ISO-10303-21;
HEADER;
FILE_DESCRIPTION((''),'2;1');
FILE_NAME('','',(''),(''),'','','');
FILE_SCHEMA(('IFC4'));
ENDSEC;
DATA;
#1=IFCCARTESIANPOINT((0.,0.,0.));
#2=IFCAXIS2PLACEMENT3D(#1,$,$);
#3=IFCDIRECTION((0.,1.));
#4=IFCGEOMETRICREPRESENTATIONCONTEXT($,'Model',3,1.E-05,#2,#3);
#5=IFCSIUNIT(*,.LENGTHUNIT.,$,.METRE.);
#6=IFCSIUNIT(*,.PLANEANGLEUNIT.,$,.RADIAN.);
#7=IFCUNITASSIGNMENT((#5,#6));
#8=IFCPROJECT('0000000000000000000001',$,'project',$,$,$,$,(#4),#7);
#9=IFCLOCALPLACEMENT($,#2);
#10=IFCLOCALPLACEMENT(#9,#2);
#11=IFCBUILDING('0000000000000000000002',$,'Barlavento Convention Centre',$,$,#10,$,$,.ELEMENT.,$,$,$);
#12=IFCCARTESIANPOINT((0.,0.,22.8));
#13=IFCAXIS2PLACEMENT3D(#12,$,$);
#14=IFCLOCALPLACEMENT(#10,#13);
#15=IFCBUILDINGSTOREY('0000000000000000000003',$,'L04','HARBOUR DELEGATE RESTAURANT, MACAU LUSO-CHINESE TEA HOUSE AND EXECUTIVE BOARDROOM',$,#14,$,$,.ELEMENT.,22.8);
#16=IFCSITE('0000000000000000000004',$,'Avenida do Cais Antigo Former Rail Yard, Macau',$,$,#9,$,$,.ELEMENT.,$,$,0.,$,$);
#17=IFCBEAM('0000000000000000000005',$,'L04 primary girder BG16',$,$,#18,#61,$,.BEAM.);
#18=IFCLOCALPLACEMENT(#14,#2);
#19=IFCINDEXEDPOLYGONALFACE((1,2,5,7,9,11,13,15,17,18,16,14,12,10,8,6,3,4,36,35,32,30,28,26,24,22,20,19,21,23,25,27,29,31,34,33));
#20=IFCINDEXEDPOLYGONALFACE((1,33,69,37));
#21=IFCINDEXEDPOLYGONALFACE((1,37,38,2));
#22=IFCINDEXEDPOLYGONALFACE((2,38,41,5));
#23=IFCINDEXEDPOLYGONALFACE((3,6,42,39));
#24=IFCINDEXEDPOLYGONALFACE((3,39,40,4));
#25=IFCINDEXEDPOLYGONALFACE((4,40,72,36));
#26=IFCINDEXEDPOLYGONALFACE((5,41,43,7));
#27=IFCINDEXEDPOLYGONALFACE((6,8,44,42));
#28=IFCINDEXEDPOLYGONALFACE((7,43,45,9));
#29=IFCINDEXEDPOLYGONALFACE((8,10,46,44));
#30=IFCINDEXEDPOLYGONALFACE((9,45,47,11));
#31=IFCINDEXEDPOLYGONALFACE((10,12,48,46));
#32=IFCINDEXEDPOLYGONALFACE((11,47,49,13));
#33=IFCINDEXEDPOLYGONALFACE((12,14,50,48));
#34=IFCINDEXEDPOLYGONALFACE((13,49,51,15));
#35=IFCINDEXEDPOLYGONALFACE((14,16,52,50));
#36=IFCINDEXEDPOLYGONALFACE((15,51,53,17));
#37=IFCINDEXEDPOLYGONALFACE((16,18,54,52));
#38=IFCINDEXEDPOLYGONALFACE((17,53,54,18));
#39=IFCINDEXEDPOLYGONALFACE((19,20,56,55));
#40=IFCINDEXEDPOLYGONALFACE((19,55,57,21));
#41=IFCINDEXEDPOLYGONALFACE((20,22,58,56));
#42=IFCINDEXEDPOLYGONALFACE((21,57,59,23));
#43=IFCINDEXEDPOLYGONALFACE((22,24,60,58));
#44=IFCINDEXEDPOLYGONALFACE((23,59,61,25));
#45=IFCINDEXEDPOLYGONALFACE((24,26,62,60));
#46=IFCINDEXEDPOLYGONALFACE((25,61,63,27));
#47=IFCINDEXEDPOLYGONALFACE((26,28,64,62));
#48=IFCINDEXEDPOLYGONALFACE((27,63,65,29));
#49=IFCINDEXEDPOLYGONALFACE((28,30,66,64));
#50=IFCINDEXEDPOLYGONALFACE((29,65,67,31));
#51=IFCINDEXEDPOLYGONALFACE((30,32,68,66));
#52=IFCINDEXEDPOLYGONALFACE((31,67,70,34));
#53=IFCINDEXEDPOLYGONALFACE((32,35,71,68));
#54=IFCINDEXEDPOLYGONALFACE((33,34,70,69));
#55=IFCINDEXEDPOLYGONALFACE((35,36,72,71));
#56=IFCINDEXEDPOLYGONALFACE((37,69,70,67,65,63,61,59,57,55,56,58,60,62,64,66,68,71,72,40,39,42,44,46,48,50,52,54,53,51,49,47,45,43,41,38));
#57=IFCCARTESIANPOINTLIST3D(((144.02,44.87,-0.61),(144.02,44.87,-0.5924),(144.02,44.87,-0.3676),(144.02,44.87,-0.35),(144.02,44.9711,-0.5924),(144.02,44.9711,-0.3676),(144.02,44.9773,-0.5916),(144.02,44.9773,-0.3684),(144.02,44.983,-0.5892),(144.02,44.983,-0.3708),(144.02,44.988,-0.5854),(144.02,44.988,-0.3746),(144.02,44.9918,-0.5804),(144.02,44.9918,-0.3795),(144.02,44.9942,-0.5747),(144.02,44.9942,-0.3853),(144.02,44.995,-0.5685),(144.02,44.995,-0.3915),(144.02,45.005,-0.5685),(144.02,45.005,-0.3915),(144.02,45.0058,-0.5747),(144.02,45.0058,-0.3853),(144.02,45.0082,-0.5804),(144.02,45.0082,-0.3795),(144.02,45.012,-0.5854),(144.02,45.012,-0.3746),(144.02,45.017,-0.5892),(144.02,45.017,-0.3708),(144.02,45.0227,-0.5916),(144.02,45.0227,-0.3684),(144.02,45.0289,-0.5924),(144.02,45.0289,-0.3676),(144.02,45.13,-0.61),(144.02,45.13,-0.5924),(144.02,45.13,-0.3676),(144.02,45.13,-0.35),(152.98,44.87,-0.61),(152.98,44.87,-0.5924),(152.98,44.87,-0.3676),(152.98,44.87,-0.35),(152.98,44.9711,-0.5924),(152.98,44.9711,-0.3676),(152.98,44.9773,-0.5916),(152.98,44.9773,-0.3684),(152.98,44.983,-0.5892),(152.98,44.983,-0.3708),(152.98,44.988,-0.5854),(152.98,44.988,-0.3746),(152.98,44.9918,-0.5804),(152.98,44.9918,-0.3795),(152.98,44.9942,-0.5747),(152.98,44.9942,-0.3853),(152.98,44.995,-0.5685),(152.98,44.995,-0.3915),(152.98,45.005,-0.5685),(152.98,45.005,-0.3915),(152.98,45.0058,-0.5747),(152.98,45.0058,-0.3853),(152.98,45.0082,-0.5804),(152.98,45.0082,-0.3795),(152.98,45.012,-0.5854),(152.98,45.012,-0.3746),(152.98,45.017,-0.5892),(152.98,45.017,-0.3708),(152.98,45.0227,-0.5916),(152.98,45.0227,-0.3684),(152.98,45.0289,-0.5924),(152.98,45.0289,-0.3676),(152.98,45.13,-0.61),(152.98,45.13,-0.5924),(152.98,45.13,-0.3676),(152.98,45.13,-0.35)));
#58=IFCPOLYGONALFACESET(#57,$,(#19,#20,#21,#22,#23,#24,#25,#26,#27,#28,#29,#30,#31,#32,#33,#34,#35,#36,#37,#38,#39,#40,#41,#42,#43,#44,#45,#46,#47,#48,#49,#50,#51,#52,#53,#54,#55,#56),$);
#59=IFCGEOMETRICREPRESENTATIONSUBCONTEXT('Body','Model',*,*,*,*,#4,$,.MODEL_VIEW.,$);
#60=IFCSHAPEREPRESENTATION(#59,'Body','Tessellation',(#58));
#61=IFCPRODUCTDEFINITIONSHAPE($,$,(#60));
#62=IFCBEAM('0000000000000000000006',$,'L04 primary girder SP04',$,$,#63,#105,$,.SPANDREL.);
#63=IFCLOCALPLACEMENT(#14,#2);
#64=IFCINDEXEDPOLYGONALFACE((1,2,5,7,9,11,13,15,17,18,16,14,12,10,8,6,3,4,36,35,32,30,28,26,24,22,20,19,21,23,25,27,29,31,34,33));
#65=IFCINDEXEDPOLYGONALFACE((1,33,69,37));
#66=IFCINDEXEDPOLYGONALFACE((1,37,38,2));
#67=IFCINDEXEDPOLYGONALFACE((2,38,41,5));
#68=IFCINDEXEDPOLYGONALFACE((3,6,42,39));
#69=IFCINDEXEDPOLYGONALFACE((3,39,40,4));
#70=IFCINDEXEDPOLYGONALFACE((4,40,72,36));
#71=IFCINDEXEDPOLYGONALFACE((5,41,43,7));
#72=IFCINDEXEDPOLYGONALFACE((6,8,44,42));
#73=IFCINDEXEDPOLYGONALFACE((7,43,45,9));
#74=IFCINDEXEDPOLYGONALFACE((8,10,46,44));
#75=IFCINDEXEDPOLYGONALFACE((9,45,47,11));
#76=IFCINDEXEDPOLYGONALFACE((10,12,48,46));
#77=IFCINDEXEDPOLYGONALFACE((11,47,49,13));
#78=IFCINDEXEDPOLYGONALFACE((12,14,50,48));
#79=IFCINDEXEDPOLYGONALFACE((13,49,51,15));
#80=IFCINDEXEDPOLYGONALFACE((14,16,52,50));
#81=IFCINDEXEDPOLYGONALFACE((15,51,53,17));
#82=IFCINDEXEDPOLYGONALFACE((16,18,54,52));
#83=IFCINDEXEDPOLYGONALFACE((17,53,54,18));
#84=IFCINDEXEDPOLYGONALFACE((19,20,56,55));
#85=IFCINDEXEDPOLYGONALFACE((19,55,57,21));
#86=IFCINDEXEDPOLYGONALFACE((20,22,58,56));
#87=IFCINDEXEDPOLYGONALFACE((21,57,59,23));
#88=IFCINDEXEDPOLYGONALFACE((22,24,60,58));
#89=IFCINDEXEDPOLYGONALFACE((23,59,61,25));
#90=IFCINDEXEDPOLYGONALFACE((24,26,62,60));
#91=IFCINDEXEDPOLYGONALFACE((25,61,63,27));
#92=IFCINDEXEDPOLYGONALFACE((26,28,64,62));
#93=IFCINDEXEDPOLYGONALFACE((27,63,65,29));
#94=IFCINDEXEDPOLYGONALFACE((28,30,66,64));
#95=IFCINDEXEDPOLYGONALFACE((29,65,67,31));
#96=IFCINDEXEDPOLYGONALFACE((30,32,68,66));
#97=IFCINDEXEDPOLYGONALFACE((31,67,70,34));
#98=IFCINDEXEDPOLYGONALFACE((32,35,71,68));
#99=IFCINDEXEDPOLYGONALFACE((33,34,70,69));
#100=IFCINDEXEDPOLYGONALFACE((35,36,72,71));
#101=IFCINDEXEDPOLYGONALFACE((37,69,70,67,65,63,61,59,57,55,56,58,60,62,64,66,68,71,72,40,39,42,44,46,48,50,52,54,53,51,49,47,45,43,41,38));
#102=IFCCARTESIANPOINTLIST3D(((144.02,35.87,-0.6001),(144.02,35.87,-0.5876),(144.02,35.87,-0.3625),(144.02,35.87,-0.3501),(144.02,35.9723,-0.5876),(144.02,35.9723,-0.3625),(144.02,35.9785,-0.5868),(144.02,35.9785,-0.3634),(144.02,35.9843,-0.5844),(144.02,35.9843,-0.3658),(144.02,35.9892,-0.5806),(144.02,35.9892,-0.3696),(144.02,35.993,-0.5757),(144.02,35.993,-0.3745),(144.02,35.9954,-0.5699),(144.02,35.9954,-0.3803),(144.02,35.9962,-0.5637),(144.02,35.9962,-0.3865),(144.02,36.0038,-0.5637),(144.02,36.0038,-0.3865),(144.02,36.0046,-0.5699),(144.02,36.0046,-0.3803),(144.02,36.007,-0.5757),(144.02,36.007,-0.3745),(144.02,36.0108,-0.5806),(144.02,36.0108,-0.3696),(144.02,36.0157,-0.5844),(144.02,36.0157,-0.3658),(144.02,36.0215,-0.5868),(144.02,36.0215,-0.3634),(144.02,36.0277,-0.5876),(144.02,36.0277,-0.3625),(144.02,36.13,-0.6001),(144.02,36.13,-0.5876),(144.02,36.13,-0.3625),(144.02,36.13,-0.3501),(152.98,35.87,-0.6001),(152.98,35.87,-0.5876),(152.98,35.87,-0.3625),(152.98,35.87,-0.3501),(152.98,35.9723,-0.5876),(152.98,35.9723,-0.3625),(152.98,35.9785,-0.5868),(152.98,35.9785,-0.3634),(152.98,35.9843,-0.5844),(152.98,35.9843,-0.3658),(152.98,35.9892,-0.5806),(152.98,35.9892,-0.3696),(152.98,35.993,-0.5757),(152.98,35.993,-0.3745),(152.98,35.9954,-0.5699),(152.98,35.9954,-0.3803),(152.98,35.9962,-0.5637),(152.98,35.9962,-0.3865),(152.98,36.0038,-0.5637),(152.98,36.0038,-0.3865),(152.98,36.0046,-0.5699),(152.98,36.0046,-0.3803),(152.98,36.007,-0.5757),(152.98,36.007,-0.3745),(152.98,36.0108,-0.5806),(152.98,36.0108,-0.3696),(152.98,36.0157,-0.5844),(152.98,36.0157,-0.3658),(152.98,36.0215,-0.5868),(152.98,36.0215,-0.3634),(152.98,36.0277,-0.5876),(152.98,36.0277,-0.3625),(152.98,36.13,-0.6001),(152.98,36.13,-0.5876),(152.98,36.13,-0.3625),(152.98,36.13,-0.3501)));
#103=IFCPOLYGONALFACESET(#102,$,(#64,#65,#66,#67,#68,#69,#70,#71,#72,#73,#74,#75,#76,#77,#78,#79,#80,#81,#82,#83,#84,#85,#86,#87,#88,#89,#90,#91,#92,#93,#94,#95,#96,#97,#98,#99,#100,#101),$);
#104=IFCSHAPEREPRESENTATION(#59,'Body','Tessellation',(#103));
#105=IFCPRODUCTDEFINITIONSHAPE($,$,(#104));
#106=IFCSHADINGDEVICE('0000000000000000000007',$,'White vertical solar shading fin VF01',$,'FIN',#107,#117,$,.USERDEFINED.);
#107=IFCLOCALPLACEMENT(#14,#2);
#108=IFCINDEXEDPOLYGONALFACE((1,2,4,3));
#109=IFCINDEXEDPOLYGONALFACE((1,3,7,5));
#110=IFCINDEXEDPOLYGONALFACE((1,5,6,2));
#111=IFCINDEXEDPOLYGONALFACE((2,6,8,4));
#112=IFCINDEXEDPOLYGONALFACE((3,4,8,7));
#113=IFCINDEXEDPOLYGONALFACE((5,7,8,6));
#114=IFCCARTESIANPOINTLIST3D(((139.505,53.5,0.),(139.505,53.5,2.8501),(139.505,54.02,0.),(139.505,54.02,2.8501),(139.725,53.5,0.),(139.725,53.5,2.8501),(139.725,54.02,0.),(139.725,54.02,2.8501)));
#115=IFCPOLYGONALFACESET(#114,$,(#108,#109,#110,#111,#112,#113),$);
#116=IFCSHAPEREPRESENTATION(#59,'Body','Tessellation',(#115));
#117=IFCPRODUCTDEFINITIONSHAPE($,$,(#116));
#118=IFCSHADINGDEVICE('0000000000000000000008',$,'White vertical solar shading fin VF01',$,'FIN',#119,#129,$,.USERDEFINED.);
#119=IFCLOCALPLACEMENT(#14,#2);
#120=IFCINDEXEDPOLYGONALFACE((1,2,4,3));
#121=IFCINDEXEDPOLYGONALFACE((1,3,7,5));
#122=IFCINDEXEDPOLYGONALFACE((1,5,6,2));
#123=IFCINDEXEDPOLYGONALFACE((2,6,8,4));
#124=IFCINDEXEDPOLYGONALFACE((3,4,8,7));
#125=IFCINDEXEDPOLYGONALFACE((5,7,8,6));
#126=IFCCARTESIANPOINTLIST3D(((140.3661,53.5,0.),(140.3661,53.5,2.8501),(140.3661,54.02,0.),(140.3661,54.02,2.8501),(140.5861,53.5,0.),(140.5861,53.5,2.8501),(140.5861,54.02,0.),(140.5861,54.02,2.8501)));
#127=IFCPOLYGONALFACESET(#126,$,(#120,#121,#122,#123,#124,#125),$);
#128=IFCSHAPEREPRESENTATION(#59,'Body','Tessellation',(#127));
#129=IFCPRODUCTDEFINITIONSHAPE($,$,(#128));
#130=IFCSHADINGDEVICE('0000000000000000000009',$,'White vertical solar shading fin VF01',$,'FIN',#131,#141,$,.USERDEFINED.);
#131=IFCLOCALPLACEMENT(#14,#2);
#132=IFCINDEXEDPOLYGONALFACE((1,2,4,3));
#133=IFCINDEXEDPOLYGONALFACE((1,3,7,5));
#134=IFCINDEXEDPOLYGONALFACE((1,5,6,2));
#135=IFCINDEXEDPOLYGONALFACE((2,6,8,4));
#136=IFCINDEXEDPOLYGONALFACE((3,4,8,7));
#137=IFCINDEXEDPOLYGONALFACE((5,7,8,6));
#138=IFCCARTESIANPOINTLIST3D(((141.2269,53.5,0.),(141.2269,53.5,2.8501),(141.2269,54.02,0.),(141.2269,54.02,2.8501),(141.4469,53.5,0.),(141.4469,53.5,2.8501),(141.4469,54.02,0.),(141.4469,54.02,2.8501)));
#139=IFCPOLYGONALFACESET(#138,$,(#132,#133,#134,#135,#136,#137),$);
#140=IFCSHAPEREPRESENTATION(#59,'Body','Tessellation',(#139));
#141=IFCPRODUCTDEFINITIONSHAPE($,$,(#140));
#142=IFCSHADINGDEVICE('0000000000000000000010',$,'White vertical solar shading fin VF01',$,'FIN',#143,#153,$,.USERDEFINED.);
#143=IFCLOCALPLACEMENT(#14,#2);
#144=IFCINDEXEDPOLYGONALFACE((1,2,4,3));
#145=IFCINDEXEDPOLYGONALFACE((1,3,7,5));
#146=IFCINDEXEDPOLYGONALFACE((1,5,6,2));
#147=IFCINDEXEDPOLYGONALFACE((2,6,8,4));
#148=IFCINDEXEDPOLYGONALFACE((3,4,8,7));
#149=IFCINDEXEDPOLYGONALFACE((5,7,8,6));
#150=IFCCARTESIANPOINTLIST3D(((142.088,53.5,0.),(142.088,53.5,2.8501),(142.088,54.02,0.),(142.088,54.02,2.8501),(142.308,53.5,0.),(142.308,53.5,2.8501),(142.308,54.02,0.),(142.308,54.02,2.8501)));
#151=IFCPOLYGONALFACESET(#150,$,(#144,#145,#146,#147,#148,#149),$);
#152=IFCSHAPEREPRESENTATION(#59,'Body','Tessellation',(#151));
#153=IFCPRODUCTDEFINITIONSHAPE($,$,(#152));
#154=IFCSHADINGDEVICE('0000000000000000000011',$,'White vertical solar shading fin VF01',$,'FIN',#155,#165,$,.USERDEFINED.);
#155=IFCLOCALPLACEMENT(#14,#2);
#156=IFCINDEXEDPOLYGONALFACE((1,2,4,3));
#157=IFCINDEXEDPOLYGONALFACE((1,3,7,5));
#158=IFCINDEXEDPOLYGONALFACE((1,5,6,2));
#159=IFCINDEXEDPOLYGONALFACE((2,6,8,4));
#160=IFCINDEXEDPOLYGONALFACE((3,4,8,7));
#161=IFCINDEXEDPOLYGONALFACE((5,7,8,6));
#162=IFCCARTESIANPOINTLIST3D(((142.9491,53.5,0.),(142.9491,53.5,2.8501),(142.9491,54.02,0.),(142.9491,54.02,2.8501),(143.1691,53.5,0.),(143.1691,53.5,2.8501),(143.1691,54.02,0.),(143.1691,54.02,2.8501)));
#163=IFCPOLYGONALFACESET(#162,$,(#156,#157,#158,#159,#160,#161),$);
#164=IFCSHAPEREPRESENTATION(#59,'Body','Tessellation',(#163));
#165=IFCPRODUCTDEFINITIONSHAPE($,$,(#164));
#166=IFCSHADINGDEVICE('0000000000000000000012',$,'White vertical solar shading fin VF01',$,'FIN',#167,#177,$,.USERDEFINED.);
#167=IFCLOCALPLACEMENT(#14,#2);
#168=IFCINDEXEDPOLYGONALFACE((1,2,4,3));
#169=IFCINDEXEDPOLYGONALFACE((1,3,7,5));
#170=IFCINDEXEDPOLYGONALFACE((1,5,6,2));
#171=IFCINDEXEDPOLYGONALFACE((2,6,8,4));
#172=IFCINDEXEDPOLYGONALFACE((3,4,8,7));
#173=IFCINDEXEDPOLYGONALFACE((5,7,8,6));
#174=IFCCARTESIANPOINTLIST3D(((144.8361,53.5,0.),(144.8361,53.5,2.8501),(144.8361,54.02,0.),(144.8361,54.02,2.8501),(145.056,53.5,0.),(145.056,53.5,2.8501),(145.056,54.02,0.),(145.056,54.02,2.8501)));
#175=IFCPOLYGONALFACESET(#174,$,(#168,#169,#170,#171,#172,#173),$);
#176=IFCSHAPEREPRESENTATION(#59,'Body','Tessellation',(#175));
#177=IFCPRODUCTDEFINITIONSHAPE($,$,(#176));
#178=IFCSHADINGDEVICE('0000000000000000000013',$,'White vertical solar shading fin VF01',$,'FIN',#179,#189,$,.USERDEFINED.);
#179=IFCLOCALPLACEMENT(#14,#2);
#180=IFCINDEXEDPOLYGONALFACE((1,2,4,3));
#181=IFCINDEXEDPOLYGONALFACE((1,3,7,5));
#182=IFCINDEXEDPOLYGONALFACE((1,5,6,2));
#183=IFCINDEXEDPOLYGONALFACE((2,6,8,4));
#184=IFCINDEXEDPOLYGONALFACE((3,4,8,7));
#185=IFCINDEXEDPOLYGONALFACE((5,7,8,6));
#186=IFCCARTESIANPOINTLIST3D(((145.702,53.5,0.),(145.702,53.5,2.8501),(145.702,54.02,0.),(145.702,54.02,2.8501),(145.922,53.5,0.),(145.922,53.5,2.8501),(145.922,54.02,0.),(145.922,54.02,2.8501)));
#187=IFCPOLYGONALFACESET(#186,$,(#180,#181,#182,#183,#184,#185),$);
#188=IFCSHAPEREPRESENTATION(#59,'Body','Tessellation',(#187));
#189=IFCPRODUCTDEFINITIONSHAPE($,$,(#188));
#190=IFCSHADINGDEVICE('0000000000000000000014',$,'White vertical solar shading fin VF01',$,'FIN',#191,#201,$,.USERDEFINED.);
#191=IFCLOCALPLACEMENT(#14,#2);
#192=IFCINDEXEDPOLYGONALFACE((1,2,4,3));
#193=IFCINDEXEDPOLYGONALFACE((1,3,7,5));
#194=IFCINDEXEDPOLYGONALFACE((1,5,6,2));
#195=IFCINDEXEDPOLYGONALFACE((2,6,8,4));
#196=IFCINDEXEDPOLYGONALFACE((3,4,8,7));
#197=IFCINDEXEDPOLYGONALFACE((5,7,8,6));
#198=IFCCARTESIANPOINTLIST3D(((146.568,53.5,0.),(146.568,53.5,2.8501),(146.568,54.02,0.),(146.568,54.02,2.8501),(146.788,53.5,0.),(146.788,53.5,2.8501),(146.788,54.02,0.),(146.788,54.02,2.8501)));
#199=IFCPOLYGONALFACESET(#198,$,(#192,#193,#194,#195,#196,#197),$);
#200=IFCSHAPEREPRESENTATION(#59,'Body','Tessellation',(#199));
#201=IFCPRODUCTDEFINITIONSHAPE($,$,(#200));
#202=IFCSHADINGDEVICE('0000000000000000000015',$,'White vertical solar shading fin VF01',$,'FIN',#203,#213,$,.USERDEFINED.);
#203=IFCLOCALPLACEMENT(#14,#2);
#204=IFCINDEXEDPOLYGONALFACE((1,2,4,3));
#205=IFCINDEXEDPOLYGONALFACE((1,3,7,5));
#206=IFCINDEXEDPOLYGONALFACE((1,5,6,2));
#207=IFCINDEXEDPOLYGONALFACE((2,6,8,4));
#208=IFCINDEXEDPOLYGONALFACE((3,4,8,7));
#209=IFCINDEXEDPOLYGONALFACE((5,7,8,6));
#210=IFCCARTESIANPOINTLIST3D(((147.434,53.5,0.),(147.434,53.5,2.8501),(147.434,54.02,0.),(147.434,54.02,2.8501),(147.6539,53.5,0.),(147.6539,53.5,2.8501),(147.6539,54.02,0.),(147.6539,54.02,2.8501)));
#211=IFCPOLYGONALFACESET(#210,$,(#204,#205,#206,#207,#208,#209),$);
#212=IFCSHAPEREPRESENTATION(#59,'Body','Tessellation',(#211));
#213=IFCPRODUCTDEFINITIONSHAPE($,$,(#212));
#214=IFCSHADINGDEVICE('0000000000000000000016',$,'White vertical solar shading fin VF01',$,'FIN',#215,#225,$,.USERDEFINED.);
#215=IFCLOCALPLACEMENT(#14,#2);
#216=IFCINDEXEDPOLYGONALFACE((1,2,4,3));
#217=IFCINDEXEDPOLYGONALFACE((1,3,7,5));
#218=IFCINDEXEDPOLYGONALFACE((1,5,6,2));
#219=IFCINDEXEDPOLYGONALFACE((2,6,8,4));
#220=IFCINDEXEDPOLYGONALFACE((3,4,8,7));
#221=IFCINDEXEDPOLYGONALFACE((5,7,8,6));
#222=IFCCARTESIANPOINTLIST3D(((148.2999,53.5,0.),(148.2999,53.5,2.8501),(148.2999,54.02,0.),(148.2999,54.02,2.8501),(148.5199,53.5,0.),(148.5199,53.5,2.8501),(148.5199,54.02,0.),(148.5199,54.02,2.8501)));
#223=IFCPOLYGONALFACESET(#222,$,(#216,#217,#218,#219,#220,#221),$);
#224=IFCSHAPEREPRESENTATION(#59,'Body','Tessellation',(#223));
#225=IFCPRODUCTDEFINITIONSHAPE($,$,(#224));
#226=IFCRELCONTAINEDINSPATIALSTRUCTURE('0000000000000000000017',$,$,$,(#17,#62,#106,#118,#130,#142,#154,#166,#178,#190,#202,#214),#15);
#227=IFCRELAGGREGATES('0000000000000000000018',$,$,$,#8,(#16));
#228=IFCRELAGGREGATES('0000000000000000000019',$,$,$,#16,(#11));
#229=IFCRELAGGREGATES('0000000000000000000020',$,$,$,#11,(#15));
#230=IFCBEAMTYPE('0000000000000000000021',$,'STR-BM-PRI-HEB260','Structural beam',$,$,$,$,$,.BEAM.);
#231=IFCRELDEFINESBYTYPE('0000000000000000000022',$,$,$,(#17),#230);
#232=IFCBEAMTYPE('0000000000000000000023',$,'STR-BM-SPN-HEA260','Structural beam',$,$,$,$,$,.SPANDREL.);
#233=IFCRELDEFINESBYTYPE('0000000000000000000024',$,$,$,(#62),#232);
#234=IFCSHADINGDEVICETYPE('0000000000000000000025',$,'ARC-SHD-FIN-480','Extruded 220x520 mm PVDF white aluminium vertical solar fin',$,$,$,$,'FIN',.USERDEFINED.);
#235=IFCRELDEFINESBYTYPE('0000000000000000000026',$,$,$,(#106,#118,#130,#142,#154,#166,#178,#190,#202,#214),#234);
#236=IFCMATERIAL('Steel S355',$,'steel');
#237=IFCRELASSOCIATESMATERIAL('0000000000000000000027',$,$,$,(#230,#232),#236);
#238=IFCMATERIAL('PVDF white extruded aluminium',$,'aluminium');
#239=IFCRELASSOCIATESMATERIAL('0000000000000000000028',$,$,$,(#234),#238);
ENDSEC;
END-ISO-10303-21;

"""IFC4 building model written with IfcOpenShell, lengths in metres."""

from ifc_helpers import new_model, si_unit, direction, frame, origin, origin_2d, place, context, subcontext, project, spatial, rectangle, i_section, extrude, material, material_profile, profile_set, type_object, element, save


model = new_model("IFC4")

# Units and contexts
model_context = context("Model", 3, precision=1e-05, world=origin(), true_north=direction((0.0, 1.0)))
body_context = subcontext(model_context, "Body", "Model", "MODEL_VIEW")
ifc_project = project(units=[si_unit("LENGTHUNIT", "METRE"), si_unit("PLANEANGLEUNIT", "RADIAN")], contexts=[model_context])

# Site, building, storey
site_placement = place(None, origin())
site = spatial("IfcSite", under=ifc_project, at=site_placement, Name="Avenida do Cais Antigo Former Rail Yard, Macau", CompositionType="ELEMENT", RefElevation=0.0)
building_placement = place(site_placement, origin())
building = spatial("IfcBuilding", under=site, at=building_placement, Name="Barlavento Convention Centre", CompositionType="ELEMENT")
storey_placement = place(building_placement, frame((0.0, 0.0, 22.8)))
storey = spatial("IfcBuildingStorey", under=building, at=storey_placement, Name="L04", Description="HARBOUR DELEGATE RESTAURANT, MACAU LUSO-CHINESE TEA HOUSE AND EXECUTIVE BOARDROOM", CompositionType="ELEMENT", Elevation=22.8)

# Beams
ifc_material_1 = material(Name="Steel S355", Category="steel")
ifc_material_profile_1 = material_profile(ifc_material_1, i_section(OverallWidth=0.26, OverallDepth=0.26, WebThickness=0.01, FlangeThickness=0.0176, FilletRadius=0.0239, at=origin_2d()), Name="HEB 260")
ifc_profile_set_1 = profile_set([ifc_material_profile_1], Name="Steel S355")
beam_type_1 = type_object("IfcBeamType", Name="STR-BM-PRI-HEB260", Description="Structural beam", PredefinedType="BEAM", material=ifc_profile_set_1)
beam_1_placement = place(storey_placement, frame((144.02, 45.0, -0.48), z_axis=(1.0, 0.0, 0.0), x_axis=(0.0, 1.0, 0.0)))
element("IfcBeam", 1, at=beam_1_placement, inside=storey, type_object=beam_type_1, Name="L04 primary girder BG16", PredefinedType="BEAM", context=body_context, shape_type="SweptSolid", body=[
    extrude(i_section(OverallWidth=0.26, OverallDepth=0.26, WebThickness=0.01, FlangeThickness=0.0176, FilletRadius=0.0239, at=origin_2d()), origin(), (0.0, 0.0, 1.0), 8.96),
])
ifc_material_profile_2 = material_profile(ifc_material_1, i_section(OverallWidth=0.26, OverallDepth=0.25, WebThickness=0.0076, FlangeThickness=0.0125, FilletRadius=0.0239, at=origin_2d()), Name="HEA 260")
ifc_profile_set_2 = profile_set([ifc_material_profile_2], Name="Steel S355")
beam_type_2 = type_object("IfcBeamType", Name="STR-BM-SPN-HEA260", Description="Structural beam", PredefinedType="SPANDREL", material=ifc_profile_set_2)
beam_2_placement = place(storey_placement, frame((144.02, 36.0, -0.4751), z_axis=(1.0, 0.0, 0.0), x_axis=(0.0, 1.0, 0.0)))
element("IfcBeam", 2, at=beam_2_placement, inside=storey, type_object=beam_type_2, Name="L04 primary girder SP04", PredefinedType="SPANDREL", context=body_context, shape_type="SweptSolid", body=[
    extrude(i_section(OverallWidth=0.26, OverallDepth=0.25, WebThickness=0.0076, FlangeThickness=0.0125, FilletRadius=0.0239, at=origin_2d()), origin(), (0.0, 0.0, 1.0), 8.96),
])

# Shading devices
ifc_material_2 = material(Name="PVDF white extruded aluminium", Category="aluminium")
shading_device_type = type_object("IfcShadingDeviceType", Name="ARC-SHD-FIN-480", Description="Extruded 220x520 mm PVDF white aluminium vertical solar fin", ElementType="FIN", PredefinedType="USERDEFINED", material=ifc_material_2)
for number, where, z_axis, x_axis, name in (
    (3, (139.615, 53.76, 0.0), (0.0, 0.0, 1.0), (1.0, 0.0, 0.0), "White vertical solar shading fin VF01"),
    (4, (140.4761, 53.76, 0.0), (0.0, 0.0, 1.0), (1.0, 0.0, 0.0), "White vertical solar shading fin VF01"),
    (5, (141.3369, 53.76, 0.0), (0.0, 0.0, 1.0), (1.0, 0.0, 0.0), "White vertical solar shading fin VF01"),
    (6, (142.198, 53.76, 0.0), (0.0, 0.0, 1.0), (1.0, 0.0, 0.0), "White vertical solar shading fin VF01"),
    (7, (143.0591, 53.76, 0.0), (0.0, 0.0, 1.0), (1.0, 0.0, 0.0), "White vertical solar shading fin VF01"),
    (8, (144.946, 53.76, 0.0), (0.0, 0.0, 1.0), (1.0, 0.0, 0.0), "White vertical solar shading fin VF01"),
    (9, (145.812, 53.76, 0.0), (0.0, 0.0, 1.0), (1.0, 0.0, 0.0), "White vertical solar shading fin VF01"),
    (10, (146.678, 53.76, 0.0), (0.0, 0.0, 1.0), (1.0, 0.0, 0.0), "White vertical solar shading fin VF01"),
    (11, (147.5439, 53.76, 0.0), (0.0, 0.0, 1.0), (1.0, 0.0, 0.0), "White vertical solar shading fin VF01"),
    (12, (148.4099, 53.76, 0.0), (0.0, 0.0, 1.0), (1.0, 0.0, 0.0), "White vertical solar shading fin VF01"),
):
    element("IfcShadingDevice", number, at=place(storey_placement, frame(where, z_axis=z_axis, x_axis=x_axis)), inside=storey, type_object=shading_device_type, Name=name, ObjectType="FIN", PredefinedType="USERDEFINED", context=body_context, shape_type="SweptSolid", body=[
        extrude(rectangle(XDim=0.22, YDim=0.52, at=origin_2d()), origin(), (0.0, 0.0, 1.0), 2.8501),
    ])

save(model, "model.ifc")
